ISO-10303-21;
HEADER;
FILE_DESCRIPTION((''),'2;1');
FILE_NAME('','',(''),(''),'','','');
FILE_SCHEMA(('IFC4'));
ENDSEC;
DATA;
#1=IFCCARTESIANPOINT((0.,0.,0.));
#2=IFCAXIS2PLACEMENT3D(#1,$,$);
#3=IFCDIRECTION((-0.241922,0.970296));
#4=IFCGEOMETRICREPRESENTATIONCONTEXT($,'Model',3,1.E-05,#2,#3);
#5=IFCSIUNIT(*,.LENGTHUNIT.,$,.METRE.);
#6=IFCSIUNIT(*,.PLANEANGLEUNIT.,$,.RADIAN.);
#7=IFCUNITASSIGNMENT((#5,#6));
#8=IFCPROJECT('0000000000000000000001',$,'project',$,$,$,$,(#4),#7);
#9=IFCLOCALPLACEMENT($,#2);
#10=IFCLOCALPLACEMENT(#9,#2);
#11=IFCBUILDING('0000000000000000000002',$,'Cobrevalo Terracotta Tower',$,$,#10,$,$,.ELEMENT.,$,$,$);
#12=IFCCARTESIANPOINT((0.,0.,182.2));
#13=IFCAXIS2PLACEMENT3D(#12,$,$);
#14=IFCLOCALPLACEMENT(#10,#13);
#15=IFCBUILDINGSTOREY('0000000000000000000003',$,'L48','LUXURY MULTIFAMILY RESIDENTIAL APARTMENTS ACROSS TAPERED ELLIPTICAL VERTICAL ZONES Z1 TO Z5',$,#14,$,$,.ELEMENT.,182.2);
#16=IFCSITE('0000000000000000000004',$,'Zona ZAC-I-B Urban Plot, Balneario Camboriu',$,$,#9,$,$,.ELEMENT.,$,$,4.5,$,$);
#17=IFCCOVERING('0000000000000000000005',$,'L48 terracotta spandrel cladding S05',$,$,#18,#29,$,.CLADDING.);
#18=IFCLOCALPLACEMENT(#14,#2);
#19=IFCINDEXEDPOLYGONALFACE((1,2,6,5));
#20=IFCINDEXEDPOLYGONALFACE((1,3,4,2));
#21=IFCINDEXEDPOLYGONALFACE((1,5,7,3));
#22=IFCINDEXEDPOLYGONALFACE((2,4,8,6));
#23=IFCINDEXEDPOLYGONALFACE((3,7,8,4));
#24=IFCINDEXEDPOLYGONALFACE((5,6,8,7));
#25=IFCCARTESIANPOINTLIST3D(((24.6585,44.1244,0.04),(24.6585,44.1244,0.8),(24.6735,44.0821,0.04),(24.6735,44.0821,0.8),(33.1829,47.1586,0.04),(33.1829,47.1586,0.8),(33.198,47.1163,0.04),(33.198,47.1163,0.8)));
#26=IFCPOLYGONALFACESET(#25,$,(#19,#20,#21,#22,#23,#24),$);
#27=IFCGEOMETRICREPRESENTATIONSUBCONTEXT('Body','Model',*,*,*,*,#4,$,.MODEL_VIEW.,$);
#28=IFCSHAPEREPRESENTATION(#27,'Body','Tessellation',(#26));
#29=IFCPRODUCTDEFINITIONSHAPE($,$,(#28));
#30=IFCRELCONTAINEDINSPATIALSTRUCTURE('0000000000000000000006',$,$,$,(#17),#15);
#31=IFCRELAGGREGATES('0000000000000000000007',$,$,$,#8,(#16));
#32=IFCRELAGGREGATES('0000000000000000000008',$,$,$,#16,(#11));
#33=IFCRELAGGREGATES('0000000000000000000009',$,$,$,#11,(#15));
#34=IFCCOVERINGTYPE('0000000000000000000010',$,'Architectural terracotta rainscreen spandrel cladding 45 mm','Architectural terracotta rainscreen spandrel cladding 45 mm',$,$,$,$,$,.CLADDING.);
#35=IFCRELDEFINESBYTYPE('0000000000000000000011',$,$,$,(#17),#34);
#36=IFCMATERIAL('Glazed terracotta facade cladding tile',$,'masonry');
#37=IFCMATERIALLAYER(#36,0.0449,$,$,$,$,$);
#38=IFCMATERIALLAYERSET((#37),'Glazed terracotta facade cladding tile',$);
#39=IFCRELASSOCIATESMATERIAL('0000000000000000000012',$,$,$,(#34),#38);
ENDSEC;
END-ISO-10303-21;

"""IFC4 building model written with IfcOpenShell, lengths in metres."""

from ifc_helpers import new_model, si_unit, direction, frame, origin, origin_2d, place, context, subcontext, project, spatial, rectangle, extrude, source, transform, mapped, material, layer, layer_set, type_object, element, save


model = new_model("IFC4")

# Units and contexts
model_context = context("Model", 3, precision=1e-05, world=origin(), true_north=direction((-0.241922, 0.970296)))
body_context = subcontext(model_context, "Body", "Model", "MODEL_VIEW")
ifc_project = project(units=[si_unit("LENGTHUNIT", "METRE"), si_unit("PLANEANGLEUNIT", "RADIAN")], contexts=[model_context])

# Site, building, storey
site_placement = place(None, origin())
site = spatial("IfcSite", under=ifc_project, at=site_placement, Name="Zona ZAC-I-B Urban Plot, Balneario Camboriu", CompositionType="ELEMENT", RefElevation=4.5)
building_placement = place(site_placement, origin())
building = spatial("IfcBuilding", under=site, at=building_placement, Name="Cobrevalo Terracotta Tower", CompositionType="ELEMENT")
storey_placement = place(building_placement, frame((0.0, 0.0, 182.2)))
storey = spatial("IfcBuildingStorey", under=building, at=storey_placement, Name="L48", Description="LUXURY MULTIFAMILY RESIDENTIAL APARTMENTS ACROSS TAPERED ELLIPTICAL VERTICAL ZONES Z1 TO Z5", CompositionType="ELEMENT", Elevation=182.2)

# Covering
ifc_material_1 = material(Name="Glazed terracotta facade cladding tile", Category="masonry")
ifc_layer_1 = layer(ifc_material_1, 0.0449)
ifc_layer_set_1 = layer_set([ifc_layer_1], Name="Glazed terracotta facade cladding tile")
covering_type = type_object("IfcCoveringType", Name="Architectural terracotta rainscreen spandrel cladding 45 mm", Description="Architectural terracotta rainscreen spandrel cladding 45 mm", PredefinedType="CLADDING", material=ifc_layer_set_1)
shared_shape_1 = source(origin(), body_context, "Body", "SweptSolid", [
    extrude(rectangle(XDim=9.0483, YDim=0.0449, at=origin_2d()), origin(), (0.0, 0.0, 1.0), 0.76),
])
covering_placement = place(storey_placement, frame((28.9282, 45.6204, 0.04), z_axis=(0.0, 0.0, 1.0), x_axis=(-0.942098, -0.335336, 0.0)))
element("IfcCovering", 1, at=covering_placement, inside=storey, type_object=covering_type, Name="L48 terracotta spandrel cladding S05", PredefinedType="CLADDING", context=body_context, shape_type="MappedRepresentation", body=[
    mapped(shared_shape_1, transform((0.0, 0.0, 0.0), scale=1.0)),
])

save(model, "model.ifc")
